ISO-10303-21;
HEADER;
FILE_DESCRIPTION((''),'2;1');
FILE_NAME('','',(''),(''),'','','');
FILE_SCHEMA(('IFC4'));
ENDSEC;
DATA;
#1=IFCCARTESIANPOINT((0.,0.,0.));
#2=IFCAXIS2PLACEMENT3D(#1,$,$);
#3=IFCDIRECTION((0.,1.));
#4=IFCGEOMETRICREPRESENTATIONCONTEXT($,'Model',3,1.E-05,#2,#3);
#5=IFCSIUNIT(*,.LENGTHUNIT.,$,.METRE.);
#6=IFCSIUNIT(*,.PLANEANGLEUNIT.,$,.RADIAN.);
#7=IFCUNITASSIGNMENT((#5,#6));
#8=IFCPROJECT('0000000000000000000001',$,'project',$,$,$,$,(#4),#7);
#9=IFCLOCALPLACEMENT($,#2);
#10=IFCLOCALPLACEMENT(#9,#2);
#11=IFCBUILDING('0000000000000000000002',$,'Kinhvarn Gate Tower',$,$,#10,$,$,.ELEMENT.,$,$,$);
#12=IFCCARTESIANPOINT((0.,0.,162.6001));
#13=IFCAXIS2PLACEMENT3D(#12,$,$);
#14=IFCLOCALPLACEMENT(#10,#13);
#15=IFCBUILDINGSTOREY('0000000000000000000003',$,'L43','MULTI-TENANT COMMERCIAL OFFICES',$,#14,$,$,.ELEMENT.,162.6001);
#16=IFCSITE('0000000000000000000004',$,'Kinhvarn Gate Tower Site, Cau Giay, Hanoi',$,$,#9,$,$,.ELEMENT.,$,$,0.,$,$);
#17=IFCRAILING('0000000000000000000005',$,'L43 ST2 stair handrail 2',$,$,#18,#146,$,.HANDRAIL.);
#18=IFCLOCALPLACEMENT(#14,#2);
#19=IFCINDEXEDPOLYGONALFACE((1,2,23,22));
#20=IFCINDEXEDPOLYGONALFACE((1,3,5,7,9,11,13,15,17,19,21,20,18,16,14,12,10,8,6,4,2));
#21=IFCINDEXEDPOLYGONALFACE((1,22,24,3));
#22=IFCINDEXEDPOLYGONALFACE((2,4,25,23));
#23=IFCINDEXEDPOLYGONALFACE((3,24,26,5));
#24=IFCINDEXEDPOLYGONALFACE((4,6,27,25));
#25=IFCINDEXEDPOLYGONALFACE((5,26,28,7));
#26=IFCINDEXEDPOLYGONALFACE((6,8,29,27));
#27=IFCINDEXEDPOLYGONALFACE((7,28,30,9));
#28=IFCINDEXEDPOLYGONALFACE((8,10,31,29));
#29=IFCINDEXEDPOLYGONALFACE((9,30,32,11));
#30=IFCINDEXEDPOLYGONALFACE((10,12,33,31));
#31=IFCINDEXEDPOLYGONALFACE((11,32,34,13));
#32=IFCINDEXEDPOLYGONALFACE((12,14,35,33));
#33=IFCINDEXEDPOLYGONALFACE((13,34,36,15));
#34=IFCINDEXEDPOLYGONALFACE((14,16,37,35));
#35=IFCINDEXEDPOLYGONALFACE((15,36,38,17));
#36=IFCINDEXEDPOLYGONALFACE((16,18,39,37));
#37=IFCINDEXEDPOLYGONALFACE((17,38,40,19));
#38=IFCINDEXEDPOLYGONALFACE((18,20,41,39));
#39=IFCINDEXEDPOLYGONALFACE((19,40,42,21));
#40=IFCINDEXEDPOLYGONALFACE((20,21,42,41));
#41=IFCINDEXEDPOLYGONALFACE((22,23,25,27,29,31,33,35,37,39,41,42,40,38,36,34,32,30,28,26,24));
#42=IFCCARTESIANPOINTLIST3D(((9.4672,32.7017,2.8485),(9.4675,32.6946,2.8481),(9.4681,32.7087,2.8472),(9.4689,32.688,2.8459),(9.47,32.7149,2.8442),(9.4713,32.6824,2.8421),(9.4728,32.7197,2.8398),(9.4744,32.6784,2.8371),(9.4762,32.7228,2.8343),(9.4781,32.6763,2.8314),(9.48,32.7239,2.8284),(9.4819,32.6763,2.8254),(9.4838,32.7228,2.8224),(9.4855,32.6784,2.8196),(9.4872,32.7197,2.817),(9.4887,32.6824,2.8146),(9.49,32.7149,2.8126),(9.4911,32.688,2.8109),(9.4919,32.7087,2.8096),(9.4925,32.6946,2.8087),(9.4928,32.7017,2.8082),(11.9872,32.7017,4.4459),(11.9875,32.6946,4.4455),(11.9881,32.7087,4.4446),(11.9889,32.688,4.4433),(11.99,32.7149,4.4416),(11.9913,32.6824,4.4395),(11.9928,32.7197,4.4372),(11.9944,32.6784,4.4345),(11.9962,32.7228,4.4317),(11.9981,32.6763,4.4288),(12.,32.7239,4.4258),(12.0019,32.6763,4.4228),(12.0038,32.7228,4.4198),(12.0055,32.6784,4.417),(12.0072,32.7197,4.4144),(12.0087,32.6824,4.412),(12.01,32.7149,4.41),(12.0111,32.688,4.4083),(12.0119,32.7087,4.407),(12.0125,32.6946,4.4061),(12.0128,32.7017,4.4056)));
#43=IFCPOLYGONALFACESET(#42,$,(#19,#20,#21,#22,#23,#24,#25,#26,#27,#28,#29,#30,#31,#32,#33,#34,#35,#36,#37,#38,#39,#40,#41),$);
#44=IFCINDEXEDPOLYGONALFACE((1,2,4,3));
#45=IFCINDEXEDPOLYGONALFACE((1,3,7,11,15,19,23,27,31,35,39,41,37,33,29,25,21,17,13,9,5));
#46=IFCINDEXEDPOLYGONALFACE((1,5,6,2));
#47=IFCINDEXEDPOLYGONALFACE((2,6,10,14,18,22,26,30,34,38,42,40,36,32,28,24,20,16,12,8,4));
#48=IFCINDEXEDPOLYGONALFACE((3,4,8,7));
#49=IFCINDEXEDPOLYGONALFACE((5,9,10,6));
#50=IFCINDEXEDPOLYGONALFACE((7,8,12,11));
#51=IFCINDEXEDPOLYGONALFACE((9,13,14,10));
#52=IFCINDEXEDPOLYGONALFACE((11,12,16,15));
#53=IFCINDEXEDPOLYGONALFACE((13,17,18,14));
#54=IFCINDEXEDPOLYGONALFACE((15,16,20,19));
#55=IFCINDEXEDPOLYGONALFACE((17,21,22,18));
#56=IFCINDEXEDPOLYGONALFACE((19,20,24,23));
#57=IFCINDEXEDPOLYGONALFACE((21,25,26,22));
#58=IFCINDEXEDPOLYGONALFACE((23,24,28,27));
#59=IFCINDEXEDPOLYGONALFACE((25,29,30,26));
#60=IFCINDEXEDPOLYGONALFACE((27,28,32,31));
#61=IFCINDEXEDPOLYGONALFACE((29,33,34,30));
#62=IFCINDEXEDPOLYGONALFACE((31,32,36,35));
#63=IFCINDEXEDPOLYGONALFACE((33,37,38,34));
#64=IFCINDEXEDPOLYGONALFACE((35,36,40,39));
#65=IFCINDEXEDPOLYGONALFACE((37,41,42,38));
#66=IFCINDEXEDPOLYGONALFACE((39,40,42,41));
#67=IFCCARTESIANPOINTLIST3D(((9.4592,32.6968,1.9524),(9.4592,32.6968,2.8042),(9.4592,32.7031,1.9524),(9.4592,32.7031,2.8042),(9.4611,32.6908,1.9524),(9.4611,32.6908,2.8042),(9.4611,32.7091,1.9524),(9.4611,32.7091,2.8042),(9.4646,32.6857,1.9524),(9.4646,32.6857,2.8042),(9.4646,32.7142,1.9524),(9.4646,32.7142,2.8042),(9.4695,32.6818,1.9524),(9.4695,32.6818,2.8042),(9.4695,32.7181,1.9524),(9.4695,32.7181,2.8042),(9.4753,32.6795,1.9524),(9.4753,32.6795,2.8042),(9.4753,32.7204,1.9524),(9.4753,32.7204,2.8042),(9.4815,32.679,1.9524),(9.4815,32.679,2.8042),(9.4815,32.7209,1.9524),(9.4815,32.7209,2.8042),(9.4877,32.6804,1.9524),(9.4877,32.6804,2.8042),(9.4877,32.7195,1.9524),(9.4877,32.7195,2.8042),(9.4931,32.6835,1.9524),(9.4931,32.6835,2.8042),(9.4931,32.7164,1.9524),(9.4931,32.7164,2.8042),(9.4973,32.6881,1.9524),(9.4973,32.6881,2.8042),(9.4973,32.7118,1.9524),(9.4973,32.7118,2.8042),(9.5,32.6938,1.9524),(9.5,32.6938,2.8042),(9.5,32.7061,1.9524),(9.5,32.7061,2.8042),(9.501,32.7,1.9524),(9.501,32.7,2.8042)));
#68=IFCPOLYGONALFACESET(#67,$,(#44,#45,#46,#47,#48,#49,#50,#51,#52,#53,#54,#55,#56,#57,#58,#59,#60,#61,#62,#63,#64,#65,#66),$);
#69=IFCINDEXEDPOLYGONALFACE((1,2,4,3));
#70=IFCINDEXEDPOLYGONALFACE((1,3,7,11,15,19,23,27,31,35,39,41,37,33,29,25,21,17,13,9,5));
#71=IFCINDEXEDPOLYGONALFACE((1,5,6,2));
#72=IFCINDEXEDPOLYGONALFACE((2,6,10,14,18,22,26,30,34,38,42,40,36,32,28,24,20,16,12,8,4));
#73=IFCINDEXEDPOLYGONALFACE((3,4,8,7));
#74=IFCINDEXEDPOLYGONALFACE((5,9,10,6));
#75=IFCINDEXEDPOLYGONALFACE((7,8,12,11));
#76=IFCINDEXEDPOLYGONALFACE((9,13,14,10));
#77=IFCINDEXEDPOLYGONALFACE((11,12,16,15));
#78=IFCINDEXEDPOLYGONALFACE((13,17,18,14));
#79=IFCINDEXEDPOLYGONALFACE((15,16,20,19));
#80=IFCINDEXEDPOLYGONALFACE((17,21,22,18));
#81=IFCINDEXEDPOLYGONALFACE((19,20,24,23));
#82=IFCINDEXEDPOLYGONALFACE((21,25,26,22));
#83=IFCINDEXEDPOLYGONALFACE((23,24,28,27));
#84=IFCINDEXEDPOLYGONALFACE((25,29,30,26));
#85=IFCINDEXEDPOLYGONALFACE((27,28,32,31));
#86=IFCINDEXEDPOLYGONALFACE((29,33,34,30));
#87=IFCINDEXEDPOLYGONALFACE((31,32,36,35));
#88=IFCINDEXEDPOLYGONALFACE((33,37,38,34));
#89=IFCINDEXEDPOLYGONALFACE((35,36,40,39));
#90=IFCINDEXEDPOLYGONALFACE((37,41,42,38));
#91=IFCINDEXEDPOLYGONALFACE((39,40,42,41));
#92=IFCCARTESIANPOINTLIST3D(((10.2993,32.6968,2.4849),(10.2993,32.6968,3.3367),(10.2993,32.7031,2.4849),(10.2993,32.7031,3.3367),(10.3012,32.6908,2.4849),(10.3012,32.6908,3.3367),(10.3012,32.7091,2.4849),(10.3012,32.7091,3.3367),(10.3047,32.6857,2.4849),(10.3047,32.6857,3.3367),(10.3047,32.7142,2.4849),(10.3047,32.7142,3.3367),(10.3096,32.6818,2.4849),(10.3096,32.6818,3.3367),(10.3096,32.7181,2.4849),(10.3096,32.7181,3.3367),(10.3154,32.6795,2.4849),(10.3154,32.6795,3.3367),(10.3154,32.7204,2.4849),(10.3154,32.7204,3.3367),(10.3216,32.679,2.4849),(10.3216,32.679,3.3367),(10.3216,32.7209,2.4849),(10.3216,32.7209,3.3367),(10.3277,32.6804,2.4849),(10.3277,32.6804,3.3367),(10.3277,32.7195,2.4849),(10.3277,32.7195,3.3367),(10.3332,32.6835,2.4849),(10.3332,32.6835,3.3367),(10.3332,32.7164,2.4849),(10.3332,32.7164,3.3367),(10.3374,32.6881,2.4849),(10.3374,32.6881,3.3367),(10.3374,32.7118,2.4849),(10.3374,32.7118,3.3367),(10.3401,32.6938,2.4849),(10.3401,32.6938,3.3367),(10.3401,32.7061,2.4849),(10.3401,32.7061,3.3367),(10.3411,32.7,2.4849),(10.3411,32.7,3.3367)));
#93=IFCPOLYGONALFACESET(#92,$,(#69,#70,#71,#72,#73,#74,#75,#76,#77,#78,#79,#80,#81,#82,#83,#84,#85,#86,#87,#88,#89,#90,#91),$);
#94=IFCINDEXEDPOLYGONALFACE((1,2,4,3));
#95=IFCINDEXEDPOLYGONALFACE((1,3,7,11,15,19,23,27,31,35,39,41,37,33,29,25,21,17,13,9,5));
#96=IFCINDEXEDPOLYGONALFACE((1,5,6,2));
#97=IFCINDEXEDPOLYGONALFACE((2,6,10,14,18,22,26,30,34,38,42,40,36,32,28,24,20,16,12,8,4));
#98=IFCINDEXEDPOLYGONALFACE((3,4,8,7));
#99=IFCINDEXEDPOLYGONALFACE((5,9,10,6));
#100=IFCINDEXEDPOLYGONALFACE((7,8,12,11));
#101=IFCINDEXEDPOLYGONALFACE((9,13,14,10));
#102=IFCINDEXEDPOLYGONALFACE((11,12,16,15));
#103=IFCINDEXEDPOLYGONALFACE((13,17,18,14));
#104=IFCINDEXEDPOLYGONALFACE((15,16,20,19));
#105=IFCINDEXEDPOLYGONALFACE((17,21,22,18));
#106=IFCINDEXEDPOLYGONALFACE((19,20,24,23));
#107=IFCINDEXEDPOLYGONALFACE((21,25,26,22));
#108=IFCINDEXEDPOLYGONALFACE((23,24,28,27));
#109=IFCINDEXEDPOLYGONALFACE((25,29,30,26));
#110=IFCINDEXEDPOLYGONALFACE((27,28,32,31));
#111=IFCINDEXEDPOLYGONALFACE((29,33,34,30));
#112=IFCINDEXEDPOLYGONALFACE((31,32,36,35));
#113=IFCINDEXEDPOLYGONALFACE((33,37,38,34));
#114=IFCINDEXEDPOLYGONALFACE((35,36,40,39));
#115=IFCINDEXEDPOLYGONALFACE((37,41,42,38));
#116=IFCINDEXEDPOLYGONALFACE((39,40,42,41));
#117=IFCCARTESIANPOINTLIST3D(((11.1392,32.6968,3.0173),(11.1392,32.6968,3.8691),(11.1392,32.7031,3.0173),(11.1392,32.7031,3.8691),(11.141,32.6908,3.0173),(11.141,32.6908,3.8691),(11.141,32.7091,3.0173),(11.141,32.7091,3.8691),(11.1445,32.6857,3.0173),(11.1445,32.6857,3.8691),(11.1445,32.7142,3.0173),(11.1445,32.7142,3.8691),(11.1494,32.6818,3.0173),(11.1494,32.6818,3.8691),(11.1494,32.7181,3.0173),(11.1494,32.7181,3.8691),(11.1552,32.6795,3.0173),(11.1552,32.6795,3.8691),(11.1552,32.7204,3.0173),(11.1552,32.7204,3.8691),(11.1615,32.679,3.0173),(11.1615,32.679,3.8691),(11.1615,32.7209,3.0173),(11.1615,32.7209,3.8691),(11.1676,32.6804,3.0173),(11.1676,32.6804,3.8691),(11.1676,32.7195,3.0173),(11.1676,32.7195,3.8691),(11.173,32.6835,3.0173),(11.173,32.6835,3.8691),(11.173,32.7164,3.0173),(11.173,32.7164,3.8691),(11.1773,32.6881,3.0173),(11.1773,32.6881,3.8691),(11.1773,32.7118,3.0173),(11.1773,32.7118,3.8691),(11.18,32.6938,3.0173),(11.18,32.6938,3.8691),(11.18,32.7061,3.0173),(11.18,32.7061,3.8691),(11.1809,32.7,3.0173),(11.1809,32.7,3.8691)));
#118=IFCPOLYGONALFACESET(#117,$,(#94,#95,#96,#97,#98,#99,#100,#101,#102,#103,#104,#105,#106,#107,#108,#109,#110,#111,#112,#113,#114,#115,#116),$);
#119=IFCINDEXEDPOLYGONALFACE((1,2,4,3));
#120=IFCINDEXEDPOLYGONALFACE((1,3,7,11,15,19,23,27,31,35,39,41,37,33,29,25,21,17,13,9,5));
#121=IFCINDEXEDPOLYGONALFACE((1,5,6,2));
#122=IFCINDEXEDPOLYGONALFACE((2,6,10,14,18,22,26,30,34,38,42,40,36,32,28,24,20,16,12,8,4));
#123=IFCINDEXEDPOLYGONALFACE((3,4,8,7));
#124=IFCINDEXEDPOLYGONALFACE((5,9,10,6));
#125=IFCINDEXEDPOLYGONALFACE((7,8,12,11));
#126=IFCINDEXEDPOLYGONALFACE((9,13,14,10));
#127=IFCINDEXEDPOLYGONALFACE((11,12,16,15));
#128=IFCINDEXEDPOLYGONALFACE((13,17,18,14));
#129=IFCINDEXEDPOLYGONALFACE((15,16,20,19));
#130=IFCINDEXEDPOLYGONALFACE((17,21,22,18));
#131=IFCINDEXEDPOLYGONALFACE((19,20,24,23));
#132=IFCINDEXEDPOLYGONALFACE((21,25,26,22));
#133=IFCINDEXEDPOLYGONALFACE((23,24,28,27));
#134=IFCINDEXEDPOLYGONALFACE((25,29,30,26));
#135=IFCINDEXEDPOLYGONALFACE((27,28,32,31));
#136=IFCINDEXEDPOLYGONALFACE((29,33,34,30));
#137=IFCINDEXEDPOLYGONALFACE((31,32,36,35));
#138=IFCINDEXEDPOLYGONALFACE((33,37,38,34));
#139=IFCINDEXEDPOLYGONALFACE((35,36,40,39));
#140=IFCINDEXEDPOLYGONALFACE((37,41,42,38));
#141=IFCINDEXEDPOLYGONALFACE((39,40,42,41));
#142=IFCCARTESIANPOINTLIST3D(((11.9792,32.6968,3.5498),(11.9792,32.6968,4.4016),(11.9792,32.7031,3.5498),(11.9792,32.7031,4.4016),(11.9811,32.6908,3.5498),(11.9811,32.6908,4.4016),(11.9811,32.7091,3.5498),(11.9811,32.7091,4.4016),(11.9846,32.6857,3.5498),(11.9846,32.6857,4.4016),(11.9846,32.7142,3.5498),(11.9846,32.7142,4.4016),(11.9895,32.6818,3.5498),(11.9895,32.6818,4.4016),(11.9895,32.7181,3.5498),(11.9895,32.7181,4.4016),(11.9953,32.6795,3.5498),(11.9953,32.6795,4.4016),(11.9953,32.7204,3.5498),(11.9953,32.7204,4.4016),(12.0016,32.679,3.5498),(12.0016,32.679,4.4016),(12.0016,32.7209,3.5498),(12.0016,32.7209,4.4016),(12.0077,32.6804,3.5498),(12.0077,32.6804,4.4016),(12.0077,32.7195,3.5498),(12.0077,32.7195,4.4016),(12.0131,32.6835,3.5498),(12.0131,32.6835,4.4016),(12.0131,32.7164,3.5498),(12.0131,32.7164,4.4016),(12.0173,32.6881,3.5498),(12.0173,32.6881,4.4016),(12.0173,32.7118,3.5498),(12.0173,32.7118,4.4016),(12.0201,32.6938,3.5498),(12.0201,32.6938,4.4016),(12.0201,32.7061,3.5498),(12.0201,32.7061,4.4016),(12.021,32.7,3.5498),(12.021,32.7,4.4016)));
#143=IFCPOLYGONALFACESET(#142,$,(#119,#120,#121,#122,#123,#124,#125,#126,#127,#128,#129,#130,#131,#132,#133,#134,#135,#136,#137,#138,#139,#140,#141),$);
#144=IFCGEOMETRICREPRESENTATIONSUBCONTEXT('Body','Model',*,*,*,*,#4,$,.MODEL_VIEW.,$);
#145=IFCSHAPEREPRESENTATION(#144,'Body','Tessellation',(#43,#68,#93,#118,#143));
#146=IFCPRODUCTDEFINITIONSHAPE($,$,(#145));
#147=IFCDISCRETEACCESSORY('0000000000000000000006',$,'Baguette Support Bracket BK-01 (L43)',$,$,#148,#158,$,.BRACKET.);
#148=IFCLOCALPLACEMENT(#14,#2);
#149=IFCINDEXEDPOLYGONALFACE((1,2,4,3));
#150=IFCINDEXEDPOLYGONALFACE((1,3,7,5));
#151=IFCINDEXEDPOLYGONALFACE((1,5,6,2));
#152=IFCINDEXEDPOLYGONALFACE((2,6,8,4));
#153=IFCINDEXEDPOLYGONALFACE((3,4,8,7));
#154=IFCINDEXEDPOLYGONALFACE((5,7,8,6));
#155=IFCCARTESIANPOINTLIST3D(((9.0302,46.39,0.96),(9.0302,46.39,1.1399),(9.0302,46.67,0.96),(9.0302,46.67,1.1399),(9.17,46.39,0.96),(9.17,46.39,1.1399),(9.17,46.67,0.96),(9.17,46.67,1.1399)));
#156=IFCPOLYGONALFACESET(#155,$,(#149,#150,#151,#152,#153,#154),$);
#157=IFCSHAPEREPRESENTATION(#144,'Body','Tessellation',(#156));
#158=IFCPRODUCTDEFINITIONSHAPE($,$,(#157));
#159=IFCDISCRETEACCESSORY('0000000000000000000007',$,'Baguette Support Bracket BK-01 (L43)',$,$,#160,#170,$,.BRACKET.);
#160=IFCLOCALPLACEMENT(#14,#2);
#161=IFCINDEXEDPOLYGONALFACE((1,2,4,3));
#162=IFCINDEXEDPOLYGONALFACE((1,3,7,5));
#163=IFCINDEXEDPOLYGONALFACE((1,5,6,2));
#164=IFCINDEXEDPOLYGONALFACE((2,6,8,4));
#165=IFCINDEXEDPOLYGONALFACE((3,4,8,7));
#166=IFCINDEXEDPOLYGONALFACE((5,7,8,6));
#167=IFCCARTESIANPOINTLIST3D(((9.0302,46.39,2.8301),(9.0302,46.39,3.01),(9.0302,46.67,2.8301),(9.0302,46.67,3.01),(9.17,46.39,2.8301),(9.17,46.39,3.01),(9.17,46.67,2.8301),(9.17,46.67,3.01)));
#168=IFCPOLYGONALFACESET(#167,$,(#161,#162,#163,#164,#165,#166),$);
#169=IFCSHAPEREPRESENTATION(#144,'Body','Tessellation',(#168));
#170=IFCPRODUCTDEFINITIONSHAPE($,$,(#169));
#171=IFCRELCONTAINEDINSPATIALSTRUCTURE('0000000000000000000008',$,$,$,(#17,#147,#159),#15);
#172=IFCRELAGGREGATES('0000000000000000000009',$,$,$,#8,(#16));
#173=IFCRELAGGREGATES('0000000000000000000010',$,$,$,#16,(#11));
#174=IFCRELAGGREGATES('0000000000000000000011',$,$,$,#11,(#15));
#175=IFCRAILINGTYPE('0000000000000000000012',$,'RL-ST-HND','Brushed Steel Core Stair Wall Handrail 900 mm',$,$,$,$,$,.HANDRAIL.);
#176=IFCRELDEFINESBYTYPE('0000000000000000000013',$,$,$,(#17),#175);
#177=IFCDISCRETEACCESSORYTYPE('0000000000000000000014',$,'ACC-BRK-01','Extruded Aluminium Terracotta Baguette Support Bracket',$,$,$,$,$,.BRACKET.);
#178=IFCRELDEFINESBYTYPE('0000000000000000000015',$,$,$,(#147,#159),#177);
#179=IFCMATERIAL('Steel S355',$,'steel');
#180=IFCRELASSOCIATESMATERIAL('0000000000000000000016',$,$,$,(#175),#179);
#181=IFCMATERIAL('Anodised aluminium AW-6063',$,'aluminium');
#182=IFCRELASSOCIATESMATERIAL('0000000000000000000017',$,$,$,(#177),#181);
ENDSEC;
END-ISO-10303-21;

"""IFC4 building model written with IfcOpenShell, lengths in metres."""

from ifc_helpers import new_model, si_unit, direction, frame, origin, origin_2d, place, context, subcontext, project, spatial, rectangle, circle, extrude, material, type_object, element, save


model = new_model("IFC4")

# Units and contexts
model_context = context("Model", 3, precision=1e-05, world=origin(), true_north=direction((0.0, 1.0)))
body_context = subcontext(model_context, "Body", "Model", "MODEL_VIEW")
ifc_project = project(units=[si_unit("LENGTHUNIT", "METRE"), si_unit("PLANEANGLEUNIT", "RADIAN")], contexts=[model_context])

# Site, building, storey
site_placement = place(None, origin())
site = spatial("IfcSite", under=ifc_project, at=site_placement, Name="Kinhvarn Gate Tower Site, Cau Giay, Hanoi", CompositionType="ELEMENT", RefElevation=0.0)
building_placement = place(site_placement, origin())
building = spatial("IfcBuilding", under=site, at=building_placement, Name="Kinhvarn Gate Tower", CompositionType="ELEMENT")
storey_placement = place(building_placement, frame((0.0, 0.0, 162.6001)))
storey = spatial("IfcBuildingStorey", under=building, at=storey_placement, Name="L43", Description="MULTI-TENANT COMMERCIAL OFFICES", CompositionType="ELEMENT", Elevation=162.6001)

# Shared definitions
ifc_material_1 = material(Name="Anodised aluminium AW-6063", Category="aluminium")

# Shared definitions
ifc_material_2 = material(Name="Steel S355", Category="steel")

# Railing
railing_type_1 = type_object("IfcRailingType", Name="RL-ST-HND", Description="Brushed Steel Core Stair Wall Handrail 900 mm", PredefinedType="HANDRAIL", material=ifc_material_2)
railing_1_placement = place(storey_placement, frame((9.48, 32.7, 1.9524)))
element("IfcRailing", 1, at=railing_1_placement, inside=storey, type_object=railing_type_1, Name="L43 ST2 stair handrail 2", PredefinedType="HANDRAIL", context=body_context, shape_type="SweptSolid", body=[
    extrude(circle(Radius=0.0239, at=origin_2d()), frame((0.0, 0.0, 0.876), z_axis=(0.844607, 0.0, 0.535387), x_axis=(0.0, 1.0, 0.0)), (0.0, 0.0, 1.0), 2.9836),
    extrude(circle(Radius=0.021, at=origin_2d()), origin(), (0.0, 0.0, 1.0), 0.8518),
    extrude(circle(Radius=0.021, at=origin_2d()), frame((0.8401, 0.0, 0.5325)), (0.0, 0.0, 1.0), 0.8518),
    extrude(circle(Radius=0.021, at=origin_2d()), frame((1.6799, 0.0, 1.0649)), (0.0, 0.0, 1.0), 0.8518),
    extrude(circle(Radius=0.021, at=origin_2d()), frame((2.52, 0.0, 1.5974)), (0.0, 0.0, 1.0), 0.8518),
])

# Discrete accessories
discrete_accessory_type = type_object("IfcDiscreteAccessoryType", Name="ACC-BRK-01", Description="Extruded Aluminium Terracotta Baguette Support Bracket", PredefinedType="BRACKET", material=ifc_material_1)
for number, where, z_axis, x_axis, name in (
    (2, (9.1001, 46.53, 0.96), (0.0, 0.0, 1.0), (-1.0, 0.0, 0.0), "Baguette Support Bracket BK-01 (L43)"),
    (3, (9.1001, 46.53, 2.8301), (0.0, 0.0, 1.0), (-1.0, 0.0, 0.0), "Baguette Support Bracket BK-01 (L43)"),
):
    element("IfcDiscreteAccessory", number, at=place(storey_placement, frame(where, z_axis=z_axis, x_axis=x_axis)), inside=storey, type_object=discrete_accessory_type, Name=name, PredefinedType="BRACKET", context=body_context, shape_type="SweptSolid", body=[
        extrude(rectangle(XDim=0.1399, YDim=0.28, at=origin_2d()), origin(), (0.0, 0.0, 1.0), 0.1799),
    ])

save(model, "model.ifc")
